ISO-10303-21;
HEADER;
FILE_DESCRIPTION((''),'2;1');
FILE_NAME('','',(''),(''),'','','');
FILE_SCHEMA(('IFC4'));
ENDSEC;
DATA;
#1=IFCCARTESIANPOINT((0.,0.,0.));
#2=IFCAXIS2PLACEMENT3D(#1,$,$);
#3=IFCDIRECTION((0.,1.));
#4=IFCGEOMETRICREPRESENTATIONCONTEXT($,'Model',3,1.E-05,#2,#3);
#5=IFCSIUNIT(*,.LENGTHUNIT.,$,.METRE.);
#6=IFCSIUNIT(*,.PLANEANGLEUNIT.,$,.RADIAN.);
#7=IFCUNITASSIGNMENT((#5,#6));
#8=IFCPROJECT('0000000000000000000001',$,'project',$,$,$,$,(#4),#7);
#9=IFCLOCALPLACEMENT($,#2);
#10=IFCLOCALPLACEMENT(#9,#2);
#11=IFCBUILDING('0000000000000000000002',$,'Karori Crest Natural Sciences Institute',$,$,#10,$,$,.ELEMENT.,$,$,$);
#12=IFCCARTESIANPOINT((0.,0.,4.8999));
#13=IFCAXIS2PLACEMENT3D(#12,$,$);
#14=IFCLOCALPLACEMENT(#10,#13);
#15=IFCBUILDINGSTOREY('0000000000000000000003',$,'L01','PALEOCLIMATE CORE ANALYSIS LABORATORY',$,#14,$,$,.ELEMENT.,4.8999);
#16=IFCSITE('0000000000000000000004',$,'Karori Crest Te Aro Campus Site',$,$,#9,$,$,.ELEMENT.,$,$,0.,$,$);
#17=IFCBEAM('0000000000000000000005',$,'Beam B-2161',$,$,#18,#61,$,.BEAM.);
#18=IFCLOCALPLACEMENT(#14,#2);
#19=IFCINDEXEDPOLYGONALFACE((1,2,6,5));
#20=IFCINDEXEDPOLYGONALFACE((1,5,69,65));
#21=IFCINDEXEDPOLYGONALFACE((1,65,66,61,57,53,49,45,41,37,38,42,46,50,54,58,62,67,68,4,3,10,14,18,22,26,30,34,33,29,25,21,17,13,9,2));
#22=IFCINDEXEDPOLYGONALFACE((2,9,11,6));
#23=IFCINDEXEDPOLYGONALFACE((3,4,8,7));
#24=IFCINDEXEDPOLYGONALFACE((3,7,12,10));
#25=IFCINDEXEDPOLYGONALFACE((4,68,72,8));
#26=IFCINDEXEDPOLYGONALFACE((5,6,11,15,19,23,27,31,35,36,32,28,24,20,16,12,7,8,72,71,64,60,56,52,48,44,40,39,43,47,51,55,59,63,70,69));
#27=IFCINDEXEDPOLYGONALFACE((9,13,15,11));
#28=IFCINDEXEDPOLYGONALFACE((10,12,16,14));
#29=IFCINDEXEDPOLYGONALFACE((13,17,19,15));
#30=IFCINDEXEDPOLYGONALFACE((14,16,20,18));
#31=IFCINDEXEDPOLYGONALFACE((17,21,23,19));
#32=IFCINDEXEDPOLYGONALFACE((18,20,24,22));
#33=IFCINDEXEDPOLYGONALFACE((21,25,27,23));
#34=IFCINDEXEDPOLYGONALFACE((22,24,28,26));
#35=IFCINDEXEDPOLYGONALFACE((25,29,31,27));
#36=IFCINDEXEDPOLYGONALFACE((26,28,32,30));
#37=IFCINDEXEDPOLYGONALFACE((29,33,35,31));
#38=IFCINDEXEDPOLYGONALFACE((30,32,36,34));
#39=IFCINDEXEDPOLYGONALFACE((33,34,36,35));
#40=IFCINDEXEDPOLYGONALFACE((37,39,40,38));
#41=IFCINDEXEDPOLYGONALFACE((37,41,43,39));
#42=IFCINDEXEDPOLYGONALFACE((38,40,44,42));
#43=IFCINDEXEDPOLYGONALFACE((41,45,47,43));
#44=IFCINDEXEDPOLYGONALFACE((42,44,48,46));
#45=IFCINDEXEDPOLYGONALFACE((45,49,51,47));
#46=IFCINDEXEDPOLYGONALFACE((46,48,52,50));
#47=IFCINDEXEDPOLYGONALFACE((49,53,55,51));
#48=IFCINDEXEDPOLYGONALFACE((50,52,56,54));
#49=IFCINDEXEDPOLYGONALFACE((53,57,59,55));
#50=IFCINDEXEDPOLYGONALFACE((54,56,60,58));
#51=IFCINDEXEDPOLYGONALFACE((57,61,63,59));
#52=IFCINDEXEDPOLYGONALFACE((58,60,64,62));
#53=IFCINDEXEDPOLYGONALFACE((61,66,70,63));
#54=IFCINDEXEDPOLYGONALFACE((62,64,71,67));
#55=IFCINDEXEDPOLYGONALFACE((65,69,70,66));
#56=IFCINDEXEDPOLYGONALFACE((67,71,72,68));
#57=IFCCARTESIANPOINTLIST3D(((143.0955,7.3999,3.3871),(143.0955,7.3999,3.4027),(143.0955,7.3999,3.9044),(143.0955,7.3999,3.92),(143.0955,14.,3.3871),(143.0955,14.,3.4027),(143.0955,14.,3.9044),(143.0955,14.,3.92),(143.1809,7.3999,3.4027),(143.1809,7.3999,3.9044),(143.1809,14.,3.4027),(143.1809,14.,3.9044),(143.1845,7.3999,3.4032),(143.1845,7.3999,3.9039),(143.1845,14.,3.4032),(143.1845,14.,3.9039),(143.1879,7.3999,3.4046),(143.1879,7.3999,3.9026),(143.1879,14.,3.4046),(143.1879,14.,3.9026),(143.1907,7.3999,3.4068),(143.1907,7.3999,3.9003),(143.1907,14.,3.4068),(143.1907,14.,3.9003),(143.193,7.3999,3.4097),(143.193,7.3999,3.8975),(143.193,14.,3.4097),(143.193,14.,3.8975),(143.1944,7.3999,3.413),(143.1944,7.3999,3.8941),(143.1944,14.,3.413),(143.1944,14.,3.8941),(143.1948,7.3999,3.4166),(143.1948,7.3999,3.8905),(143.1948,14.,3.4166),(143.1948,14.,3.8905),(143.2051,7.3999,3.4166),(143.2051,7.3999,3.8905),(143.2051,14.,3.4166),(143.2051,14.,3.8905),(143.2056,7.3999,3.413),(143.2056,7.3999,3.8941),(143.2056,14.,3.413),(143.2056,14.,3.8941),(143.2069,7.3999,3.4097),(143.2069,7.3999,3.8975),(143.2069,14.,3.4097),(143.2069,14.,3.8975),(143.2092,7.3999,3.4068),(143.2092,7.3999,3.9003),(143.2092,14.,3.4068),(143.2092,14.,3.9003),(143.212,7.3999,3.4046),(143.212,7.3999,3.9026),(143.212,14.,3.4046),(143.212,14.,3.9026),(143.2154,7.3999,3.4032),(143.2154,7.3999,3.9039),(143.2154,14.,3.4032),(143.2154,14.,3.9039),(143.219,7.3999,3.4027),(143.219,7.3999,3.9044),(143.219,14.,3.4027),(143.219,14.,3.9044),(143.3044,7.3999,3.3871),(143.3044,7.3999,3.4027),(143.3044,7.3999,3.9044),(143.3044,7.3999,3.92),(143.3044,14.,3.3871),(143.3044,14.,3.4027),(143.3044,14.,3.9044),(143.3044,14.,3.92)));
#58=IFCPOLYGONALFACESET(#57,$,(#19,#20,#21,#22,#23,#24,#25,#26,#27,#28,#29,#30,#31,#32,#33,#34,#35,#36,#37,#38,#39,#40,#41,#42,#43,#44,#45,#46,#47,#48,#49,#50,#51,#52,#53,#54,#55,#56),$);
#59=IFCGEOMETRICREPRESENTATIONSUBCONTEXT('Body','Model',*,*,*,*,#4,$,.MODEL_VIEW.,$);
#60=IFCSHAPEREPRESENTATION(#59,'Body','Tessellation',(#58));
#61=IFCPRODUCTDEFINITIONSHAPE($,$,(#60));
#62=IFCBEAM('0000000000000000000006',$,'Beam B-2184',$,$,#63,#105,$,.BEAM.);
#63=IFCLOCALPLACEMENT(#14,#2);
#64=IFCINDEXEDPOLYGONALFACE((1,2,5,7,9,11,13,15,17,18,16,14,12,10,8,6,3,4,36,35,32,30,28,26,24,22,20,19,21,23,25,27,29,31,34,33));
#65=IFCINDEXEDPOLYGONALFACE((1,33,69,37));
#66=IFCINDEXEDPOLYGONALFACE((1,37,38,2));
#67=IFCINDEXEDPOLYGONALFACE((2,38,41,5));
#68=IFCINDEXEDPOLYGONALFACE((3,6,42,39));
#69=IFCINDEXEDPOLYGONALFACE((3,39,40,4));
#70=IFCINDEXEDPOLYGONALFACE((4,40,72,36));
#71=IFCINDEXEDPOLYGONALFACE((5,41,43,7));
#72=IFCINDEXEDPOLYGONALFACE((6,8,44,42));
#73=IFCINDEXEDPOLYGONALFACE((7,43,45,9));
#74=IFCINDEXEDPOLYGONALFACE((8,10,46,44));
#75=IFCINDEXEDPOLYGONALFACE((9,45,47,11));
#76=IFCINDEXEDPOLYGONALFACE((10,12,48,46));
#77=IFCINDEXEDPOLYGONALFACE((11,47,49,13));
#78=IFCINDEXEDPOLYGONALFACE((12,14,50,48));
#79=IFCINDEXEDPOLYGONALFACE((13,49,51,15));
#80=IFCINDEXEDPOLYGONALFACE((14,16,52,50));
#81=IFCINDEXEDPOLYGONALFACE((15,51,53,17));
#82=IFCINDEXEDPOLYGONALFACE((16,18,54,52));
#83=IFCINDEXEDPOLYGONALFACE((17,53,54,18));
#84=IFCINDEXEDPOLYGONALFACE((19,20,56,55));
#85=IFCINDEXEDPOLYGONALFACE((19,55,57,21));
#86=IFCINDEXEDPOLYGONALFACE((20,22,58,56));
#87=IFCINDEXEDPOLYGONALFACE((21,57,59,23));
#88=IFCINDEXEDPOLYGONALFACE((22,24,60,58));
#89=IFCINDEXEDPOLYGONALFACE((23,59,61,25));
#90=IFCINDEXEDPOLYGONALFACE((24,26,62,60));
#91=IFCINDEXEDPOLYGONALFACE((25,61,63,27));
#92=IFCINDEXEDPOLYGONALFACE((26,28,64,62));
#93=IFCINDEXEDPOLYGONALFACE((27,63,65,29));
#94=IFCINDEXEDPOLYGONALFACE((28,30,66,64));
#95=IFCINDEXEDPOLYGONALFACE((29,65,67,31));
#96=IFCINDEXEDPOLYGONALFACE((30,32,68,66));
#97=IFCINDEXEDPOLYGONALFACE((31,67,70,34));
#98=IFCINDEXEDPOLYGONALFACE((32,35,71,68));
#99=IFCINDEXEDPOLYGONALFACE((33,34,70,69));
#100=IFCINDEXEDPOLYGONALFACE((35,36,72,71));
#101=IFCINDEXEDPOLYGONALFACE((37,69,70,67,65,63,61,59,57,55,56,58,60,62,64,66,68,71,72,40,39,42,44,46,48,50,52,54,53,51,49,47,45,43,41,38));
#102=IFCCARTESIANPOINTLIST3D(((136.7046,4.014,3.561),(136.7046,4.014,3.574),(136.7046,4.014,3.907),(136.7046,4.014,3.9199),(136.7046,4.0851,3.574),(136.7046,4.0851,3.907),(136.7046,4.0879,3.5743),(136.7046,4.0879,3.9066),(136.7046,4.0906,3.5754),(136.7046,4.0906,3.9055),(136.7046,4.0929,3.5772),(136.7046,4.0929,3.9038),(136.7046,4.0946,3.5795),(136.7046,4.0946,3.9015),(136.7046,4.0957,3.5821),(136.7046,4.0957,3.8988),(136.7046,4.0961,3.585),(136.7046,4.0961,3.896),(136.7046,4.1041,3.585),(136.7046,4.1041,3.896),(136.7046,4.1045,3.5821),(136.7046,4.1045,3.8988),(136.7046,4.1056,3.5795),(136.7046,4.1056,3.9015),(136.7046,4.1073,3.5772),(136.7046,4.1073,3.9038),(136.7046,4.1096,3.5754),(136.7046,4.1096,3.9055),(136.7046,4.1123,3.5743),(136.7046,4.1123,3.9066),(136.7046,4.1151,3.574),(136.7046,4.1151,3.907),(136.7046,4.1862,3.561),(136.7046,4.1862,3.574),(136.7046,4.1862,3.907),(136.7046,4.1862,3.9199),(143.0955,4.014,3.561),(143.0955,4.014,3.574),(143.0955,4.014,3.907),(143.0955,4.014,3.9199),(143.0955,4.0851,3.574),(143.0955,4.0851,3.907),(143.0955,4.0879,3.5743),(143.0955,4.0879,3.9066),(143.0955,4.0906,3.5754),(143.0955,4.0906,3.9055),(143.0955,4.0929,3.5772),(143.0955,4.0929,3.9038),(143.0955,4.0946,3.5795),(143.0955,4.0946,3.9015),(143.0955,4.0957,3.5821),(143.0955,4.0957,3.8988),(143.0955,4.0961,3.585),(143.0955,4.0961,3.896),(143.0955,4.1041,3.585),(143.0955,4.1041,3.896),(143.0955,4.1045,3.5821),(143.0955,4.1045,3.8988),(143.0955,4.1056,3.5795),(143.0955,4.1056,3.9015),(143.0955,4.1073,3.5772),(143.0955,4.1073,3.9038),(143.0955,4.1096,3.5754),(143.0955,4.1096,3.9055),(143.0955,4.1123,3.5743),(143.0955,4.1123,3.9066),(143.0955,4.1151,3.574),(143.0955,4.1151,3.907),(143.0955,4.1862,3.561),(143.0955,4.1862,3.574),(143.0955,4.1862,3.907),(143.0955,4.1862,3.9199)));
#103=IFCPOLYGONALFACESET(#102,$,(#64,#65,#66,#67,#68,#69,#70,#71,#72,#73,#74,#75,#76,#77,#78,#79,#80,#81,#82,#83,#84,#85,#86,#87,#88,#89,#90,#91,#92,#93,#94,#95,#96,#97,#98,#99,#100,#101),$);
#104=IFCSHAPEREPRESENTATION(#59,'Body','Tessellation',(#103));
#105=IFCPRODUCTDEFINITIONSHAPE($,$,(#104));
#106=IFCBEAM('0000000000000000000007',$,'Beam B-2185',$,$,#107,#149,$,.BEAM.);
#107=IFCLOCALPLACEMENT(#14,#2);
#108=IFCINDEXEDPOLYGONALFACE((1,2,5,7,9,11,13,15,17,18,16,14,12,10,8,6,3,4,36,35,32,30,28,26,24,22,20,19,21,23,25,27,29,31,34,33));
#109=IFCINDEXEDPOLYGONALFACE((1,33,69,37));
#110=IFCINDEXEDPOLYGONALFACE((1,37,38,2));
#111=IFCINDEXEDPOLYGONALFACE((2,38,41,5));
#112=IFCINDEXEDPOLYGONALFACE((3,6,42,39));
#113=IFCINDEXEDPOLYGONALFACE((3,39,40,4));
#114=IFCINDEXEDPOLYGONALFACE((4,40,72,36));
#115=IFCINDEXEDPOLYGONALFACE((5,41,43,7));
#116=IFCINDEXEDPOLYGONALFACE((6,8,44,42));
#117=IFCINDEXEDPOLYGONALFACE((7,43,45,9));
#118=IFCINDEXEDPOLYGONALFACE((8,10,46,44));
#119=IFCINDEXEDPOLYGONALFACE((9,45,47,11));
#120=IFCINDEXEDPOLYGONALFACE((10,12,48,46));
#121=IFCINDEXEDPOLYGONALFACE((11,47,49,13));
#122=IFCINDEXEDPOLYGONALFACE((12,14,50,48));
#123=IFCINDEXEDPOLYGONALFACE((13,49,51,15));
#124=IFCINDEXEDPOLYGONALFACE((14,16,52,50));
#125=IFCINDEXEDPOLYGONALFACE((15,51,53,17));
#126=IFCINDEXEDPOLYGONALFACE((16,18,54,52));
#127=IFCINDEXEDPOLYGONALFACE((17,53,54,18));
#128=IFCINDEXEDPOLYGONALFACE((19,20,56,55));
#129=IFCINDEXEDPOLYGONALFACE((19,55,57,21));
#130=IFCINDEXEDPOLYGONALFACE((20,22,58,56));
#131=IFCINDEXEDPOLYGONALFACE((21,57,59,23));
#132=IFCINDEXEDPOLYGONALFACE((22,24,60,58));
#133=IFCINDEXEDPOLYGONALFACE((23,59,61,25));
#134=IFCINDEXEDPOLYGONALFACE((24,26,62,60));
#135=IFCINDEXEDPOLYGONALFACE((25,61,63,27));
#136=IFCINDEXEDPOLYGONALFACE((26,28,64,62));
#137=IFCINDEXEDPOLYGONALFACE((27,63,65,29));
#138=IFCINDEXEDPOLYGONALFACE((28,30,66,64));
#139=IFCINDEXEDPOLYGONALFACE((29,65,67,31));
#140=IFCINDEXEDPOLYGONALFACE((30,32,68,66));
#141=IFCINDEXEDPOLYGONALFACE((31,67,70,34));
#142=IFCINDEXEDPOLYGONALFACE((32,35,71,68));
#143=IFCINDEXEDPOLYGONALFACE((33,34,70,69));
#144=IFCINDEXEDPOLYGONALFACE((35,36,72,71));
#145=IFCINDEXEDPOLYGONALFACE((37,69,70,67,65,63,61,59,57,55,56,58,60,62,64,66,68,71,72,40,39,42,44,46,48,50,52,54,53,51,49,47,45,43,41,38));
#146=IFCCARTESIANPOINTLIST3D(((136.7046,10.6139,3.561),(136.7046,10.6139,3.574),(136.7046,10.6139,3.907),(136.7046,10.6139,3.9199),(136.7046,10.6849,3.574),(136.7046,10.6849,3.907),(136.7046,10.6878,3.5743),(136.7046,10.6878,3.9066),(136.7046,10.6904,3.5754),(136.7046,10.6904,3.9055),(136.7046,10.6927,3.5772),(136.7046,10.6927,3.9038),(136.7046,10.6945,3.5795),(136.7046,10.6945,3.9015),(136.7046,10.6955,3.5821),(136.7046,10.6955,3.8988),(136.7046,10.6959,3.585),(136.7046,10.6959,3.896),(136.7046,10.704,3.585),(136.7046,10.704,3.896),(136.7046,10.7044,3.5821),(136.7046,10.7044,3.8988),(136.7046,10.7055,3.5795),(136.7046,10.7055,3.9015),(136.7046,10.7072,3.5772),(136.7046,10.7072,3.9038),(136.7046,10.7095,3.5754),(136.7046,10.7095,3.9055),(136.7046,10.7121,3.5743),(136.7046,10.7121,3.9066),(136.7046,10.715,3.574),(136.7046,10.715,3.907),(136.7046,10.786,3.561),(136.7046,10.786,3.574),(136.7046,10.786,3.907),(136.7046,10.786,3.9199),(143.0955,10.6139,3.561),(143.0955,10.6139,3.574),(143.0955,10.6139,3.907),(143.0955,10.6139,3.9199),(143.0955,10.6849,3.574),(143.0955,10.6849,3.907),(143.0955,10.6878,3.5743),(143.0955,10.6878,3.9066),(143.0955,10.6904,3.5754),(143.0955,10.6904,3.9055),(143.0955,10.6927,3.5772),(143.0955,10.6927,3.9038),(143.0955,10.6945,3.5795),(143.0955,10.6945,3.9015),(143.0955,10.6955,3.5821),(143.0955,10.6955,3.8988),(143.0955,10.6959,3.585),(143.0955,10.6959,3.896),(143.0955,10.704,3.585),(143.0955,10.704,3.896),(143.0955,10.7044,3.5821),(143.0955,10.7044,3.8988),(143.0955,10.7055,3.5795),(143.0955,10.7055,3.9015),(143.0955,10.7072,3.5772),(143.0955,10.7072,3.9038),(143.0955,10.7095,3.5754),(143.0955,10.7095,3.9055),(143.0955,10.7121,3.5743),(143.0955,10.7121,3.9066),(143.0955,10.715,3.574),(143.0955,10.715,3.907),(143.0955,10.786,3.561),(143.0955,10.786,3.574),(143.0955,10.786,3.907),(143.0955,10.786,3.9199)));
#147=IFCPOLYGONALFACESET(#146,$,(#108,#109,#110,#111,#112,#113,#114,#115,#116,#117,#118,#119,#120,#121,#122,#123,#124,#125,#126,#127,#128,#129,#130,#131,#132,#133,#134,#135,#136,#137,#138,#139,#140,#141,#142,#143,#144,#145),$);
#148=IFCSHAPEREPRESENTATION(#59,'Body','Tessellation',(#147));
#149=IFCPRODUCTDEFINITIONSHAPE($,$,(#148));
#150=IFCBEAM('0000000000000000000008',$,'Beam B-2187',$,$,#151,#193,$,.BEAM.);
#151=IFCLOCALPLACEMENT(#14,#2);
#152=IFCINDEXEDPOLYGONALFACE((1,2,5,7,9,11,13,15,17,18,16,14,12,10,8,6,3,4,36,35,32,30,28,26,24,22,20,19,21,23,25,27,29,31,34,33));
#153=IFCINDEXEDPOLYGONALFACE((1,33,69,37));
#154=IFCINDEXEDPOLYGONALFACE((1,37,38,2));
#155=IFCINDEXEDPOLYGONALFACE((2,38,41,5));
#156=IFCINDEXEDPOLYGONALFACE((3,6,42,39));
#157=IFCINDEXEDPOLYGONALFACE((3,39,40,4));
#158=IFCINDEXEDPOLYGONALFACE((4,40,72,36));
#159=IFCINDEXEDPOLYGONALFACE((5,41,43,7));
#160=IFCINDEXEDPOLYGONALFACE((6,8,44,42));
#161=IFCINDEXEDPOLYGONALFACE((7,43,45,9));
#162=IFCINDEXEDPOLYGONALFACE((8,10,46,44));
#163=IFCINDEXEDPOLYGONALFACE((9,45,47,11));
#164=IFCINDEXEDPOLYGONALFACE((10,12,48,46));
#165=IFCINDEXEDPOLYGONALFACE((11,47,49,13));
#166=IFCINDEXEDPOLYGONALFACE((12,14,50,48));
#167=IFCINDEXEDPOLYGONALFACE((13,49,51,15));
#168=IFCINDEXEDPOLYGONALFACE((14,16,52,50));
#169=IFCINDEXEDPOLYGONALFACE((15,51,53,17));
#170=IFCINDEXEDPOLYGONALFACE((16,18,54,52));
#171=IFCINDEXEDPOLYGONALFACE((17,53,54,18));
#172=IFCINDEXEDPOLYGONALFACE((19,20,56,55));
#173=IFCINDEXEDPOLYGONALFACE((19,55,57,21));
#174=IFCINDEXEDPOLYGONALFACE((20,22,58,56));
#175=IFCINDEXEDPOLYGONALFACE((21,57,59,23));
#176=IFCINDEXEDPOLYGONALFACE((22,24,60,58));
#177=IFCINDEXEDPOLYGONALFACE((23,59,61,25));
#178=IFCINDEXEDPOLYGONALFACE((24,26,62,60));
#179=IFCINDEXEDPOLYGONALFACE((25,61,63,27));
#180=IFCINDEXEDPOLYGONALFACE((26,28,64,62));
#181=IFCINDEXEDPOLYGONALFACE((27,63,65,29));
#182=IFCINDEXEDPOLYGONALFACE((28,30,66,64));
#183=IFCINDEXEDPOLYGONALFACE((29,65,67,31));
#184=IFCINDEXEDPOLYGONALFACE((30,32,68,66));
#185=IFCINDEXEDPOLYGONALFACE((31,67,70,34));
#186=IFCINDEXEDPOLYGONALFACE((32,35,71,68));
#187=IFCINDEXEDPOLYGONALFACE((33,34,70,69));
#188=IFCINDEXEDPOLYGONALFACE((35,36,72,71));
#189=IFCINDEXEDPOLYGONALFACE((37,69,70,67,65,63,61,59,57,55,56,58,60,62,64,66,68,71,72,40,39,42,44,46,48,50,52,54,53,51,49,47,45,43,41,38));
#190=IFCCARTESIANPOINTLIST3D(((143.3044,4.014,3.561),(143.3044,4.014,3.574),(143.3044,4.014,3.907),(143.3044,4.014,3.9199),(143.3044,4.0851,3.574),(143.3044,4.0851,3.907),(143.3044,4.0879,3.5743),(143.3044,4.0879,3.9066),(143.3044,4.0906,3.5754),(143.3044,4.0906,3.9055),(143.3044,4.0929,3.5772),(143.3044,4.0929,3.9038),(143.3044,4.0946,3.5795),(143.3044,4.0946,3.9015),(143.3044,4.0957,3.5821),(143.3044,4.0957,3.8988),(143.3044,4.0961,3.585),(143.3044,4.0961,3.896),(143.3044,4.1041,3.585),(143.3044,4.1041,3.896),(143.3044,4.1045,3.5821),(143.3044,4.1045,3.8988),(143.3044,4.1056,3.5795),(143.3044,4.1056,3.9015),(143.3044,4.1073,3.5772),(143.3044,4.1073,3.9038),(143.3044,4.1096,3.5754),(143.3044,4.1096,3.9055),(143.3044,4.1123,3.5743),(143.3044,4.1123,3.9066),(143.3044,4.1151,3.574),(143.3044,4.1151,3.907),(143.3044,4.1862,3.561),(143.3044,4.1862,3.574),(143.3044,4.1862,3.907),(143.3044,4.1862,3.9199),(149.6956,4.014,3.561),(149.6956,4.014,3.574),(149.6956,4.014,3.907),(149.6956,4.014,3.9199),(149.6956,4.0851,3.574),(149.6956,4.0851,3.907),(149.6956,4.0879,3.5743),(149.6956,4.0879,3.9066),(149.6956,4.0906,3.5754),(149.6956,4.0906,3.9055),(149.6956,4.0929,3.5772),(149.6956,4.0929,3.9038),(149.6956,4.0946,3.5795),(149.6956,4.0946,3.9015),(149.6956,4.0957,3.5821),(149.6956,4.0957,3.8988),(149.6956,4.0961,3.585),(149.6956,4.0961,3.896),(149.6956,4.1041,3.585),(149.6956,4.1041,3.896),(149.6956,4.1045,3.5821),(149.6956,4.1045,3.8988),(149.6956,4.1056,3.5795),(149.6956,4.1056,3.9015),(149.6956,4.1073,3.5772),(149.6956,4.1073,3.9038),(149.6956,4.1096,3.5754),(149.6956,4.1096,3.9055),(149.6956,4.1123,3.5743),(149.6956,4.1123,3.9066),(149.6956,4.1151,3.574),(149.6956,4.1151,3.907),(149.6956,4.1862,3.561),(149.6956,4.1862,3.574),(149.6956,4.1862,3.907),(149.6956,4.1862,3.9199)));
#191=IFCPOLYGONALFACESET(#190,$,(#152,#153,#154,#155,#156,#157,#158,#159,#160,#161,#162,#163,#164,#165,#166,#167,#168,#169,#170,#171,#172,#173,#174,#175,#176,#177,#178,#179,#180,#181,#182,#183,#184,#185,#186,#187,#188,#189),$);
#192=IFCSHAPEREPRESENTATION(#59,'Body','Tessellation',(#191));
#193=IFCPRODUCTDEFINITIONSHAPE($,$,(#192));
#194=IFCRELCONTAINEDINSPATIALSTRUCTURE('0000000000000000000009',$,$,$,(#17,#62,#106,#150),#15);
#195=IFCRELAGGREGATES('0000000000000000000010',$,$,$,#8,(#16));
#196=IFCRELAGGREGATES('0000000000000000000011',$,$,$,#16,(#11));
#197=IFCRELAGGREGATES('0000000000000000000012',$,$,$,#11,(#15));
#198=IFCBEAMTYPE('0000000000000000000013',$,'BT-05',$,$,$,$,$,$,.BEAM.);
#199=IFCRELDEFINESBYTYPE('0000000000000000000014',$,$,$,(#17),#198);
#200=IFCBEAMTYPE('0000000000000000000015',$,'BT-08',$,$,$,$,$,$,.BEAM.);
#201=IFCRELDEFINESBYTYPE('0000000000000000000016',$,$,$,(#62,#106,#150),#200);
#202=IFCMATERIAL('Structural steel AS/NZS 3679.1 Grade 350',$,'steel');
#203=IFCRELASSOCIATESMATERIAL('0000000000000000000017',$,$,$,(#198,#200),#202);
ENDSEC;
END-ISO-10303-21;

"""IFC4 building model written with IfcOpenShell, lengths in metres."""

from ifc_helpers import new_model, si_unit, direction, frame, origin, origin_2d, place, context, subcontext, project, spatial, i_section, extrude, material, material_profile, profile_set, type_object, element, save


model = new_model("IFC4")

# Units and contexts
model_context = context("Model", 3, precision=1e-05, world=origin(), true_north=direction((0.0, 1.0)))
body_context = subcontext(model_context, "Body", "Model", "MODEL_VIEW")
ifc_project = project(units=[si_unit("LENGTHUNIT", "METRE"), si_unit("PLANEANGLEUNIT", "RADIAN")], contexts=[model_context])

# Site, building, storey
site_placement = place(None, origin())
site = spatial("IfcSite", under=ifc_project, at=site_placement, Name="Karori Crest Te Aro Campus Site", CompositionType="ELEMENT", RefElevation=0.0)
building_placement = place(site_placement, origin())
building = spatial("IfcBuilding", under=site, at=building_placement, Name="Karori Crest Natural Sciences Institute", CompositionType="ELEMENT")
storey_placement = place(building_placement, frame((0.0, 0.0, 4.8999)))
storey = spatial("IfcBuildingStorey", under=building, at=storey_placement, Name="L01", Description="PALEOCLIMATE CORE ANALYSIS LABORATORY", CompositionType="ELEMENT", Elevation=4.8999)

# Shared definitions
ifc_material_1 = material(Name="Structural steel AS/NZS 3679.1 Grade 350", Category="steel")

# Beams
ifc_material_profile_1 = material_profile(ifc_material_1, i_section(OverallWidth=0.209, OverallDepth=0.533, WebThickness=0.0103, FlangeThickness=0.0156, FilletRadius=0.0139, at=origin_2d()), Name="530UB92.4")
ifc_profile_set_1 = profile_set([ifc_material_profile_1], Name="Structural steel AS/NZS 3679.1 Grade 350")
beam_type_1 = type_object("IfcBeamType", Name="BT-05", PredefinedType="BEAM", material=ifc_profile_set_1)
beam_1_placement = place(storey_placement, frame((143.2, 7.3999, 3.6536), z_axis=(0.0, 1.0, 0.0), x_axis=(-1.0, 0.0, 0.0)))
element("IfcBeam", 1, at=beam_1_placement, inside=storey, type_object=beam_type_1, Name="Beam B-2161", PredefinedType="BEAM", context=body_context, shape_type="SweptSolid", body=[
    extrude(i_section(OverallWidth=0.209, OverallDepth=0.533, WebThickness=0.0103, FlangeThickness=0.0156, FilletRadius=0.0139, at=origin_2d()), origin(), (0.0, 0.0, 1.0), 6.6001),
])
ifc_material_profile_2 = material_profile(ifc_material_1, i_section(OverallWidth=0.1721, OverallDepth=0.3589, WebThickness=0.0081, FlangeThickness=0.0129, FilletRadius=0.011, at=origin_2d()), Name="360UB56.7")
ifc_profile_set_2 = profile_set([ifc_material_profile_2], Name="Structural steel AS/NZS 3679.1 Grade 350")
beam_type_2 = type_object("IfcBeamType", Name="BT-08", PredefinedType="BEAM", material=ifc_profile_set_2)
for number, where, z_axis, x_axis, name in (
    (2, (136.7046, 4.1001, 3.7405), (1.0, 0.0, 0.0), (0.0, 1.0, 0.0), "Beam B-2184"),
    (3, (136.7046, 10.7, 3.7405), (1.0, 0.0, 0.0), (0.0, 1.0, 0.0), "Beam B-2185"),
):
    element("IfcBeam", number, at=place(storey_placement, frame(where, z_axis=z_axis, x_axis=x_axis)), inside=storey, type_object=beam_type_2, Name=name, PredefinedType="BEAM", context=body_context, shape_type="SweptSolid", body=[
        extrude(i_section(OverallWidth=0.1721, OverallDepth=0.3589, WebThickness=0.0081, FlangeThickness=0.0129, FilletRadius=0.011, at=origin_2d()), origin(), (0.0, 0.0, 1.0), 6.3909),
    ])
for number, where, z_axis, x_axis, name in (
    (4, (143.3044, 4.1001, 3.7405), (1.0, 0.0, 0.0), (0.0, 1.0, 0.0), "Beam B-2187"),
):
    element("IfcBeam", number, at=place(storey_placement, frame(where, z_axis=z_axis, x_axis=x_axis)), inside=storey, type_object=beam_type_2, Name=name, PredefinedType="BEAM", context=body_context, shape_type="SweptSolid", body=[
        extrude(i_section(OverallWidth=0.1721, OverallDepth=0.3589, WebThickness=0.0081, FlangeThickness=0.0129, FilletRadius=0.011, at=origin_2d()), origin(), (0.0, 0.0, 1.0), 6.3911),
    ])

save(model, "model.ifc")
